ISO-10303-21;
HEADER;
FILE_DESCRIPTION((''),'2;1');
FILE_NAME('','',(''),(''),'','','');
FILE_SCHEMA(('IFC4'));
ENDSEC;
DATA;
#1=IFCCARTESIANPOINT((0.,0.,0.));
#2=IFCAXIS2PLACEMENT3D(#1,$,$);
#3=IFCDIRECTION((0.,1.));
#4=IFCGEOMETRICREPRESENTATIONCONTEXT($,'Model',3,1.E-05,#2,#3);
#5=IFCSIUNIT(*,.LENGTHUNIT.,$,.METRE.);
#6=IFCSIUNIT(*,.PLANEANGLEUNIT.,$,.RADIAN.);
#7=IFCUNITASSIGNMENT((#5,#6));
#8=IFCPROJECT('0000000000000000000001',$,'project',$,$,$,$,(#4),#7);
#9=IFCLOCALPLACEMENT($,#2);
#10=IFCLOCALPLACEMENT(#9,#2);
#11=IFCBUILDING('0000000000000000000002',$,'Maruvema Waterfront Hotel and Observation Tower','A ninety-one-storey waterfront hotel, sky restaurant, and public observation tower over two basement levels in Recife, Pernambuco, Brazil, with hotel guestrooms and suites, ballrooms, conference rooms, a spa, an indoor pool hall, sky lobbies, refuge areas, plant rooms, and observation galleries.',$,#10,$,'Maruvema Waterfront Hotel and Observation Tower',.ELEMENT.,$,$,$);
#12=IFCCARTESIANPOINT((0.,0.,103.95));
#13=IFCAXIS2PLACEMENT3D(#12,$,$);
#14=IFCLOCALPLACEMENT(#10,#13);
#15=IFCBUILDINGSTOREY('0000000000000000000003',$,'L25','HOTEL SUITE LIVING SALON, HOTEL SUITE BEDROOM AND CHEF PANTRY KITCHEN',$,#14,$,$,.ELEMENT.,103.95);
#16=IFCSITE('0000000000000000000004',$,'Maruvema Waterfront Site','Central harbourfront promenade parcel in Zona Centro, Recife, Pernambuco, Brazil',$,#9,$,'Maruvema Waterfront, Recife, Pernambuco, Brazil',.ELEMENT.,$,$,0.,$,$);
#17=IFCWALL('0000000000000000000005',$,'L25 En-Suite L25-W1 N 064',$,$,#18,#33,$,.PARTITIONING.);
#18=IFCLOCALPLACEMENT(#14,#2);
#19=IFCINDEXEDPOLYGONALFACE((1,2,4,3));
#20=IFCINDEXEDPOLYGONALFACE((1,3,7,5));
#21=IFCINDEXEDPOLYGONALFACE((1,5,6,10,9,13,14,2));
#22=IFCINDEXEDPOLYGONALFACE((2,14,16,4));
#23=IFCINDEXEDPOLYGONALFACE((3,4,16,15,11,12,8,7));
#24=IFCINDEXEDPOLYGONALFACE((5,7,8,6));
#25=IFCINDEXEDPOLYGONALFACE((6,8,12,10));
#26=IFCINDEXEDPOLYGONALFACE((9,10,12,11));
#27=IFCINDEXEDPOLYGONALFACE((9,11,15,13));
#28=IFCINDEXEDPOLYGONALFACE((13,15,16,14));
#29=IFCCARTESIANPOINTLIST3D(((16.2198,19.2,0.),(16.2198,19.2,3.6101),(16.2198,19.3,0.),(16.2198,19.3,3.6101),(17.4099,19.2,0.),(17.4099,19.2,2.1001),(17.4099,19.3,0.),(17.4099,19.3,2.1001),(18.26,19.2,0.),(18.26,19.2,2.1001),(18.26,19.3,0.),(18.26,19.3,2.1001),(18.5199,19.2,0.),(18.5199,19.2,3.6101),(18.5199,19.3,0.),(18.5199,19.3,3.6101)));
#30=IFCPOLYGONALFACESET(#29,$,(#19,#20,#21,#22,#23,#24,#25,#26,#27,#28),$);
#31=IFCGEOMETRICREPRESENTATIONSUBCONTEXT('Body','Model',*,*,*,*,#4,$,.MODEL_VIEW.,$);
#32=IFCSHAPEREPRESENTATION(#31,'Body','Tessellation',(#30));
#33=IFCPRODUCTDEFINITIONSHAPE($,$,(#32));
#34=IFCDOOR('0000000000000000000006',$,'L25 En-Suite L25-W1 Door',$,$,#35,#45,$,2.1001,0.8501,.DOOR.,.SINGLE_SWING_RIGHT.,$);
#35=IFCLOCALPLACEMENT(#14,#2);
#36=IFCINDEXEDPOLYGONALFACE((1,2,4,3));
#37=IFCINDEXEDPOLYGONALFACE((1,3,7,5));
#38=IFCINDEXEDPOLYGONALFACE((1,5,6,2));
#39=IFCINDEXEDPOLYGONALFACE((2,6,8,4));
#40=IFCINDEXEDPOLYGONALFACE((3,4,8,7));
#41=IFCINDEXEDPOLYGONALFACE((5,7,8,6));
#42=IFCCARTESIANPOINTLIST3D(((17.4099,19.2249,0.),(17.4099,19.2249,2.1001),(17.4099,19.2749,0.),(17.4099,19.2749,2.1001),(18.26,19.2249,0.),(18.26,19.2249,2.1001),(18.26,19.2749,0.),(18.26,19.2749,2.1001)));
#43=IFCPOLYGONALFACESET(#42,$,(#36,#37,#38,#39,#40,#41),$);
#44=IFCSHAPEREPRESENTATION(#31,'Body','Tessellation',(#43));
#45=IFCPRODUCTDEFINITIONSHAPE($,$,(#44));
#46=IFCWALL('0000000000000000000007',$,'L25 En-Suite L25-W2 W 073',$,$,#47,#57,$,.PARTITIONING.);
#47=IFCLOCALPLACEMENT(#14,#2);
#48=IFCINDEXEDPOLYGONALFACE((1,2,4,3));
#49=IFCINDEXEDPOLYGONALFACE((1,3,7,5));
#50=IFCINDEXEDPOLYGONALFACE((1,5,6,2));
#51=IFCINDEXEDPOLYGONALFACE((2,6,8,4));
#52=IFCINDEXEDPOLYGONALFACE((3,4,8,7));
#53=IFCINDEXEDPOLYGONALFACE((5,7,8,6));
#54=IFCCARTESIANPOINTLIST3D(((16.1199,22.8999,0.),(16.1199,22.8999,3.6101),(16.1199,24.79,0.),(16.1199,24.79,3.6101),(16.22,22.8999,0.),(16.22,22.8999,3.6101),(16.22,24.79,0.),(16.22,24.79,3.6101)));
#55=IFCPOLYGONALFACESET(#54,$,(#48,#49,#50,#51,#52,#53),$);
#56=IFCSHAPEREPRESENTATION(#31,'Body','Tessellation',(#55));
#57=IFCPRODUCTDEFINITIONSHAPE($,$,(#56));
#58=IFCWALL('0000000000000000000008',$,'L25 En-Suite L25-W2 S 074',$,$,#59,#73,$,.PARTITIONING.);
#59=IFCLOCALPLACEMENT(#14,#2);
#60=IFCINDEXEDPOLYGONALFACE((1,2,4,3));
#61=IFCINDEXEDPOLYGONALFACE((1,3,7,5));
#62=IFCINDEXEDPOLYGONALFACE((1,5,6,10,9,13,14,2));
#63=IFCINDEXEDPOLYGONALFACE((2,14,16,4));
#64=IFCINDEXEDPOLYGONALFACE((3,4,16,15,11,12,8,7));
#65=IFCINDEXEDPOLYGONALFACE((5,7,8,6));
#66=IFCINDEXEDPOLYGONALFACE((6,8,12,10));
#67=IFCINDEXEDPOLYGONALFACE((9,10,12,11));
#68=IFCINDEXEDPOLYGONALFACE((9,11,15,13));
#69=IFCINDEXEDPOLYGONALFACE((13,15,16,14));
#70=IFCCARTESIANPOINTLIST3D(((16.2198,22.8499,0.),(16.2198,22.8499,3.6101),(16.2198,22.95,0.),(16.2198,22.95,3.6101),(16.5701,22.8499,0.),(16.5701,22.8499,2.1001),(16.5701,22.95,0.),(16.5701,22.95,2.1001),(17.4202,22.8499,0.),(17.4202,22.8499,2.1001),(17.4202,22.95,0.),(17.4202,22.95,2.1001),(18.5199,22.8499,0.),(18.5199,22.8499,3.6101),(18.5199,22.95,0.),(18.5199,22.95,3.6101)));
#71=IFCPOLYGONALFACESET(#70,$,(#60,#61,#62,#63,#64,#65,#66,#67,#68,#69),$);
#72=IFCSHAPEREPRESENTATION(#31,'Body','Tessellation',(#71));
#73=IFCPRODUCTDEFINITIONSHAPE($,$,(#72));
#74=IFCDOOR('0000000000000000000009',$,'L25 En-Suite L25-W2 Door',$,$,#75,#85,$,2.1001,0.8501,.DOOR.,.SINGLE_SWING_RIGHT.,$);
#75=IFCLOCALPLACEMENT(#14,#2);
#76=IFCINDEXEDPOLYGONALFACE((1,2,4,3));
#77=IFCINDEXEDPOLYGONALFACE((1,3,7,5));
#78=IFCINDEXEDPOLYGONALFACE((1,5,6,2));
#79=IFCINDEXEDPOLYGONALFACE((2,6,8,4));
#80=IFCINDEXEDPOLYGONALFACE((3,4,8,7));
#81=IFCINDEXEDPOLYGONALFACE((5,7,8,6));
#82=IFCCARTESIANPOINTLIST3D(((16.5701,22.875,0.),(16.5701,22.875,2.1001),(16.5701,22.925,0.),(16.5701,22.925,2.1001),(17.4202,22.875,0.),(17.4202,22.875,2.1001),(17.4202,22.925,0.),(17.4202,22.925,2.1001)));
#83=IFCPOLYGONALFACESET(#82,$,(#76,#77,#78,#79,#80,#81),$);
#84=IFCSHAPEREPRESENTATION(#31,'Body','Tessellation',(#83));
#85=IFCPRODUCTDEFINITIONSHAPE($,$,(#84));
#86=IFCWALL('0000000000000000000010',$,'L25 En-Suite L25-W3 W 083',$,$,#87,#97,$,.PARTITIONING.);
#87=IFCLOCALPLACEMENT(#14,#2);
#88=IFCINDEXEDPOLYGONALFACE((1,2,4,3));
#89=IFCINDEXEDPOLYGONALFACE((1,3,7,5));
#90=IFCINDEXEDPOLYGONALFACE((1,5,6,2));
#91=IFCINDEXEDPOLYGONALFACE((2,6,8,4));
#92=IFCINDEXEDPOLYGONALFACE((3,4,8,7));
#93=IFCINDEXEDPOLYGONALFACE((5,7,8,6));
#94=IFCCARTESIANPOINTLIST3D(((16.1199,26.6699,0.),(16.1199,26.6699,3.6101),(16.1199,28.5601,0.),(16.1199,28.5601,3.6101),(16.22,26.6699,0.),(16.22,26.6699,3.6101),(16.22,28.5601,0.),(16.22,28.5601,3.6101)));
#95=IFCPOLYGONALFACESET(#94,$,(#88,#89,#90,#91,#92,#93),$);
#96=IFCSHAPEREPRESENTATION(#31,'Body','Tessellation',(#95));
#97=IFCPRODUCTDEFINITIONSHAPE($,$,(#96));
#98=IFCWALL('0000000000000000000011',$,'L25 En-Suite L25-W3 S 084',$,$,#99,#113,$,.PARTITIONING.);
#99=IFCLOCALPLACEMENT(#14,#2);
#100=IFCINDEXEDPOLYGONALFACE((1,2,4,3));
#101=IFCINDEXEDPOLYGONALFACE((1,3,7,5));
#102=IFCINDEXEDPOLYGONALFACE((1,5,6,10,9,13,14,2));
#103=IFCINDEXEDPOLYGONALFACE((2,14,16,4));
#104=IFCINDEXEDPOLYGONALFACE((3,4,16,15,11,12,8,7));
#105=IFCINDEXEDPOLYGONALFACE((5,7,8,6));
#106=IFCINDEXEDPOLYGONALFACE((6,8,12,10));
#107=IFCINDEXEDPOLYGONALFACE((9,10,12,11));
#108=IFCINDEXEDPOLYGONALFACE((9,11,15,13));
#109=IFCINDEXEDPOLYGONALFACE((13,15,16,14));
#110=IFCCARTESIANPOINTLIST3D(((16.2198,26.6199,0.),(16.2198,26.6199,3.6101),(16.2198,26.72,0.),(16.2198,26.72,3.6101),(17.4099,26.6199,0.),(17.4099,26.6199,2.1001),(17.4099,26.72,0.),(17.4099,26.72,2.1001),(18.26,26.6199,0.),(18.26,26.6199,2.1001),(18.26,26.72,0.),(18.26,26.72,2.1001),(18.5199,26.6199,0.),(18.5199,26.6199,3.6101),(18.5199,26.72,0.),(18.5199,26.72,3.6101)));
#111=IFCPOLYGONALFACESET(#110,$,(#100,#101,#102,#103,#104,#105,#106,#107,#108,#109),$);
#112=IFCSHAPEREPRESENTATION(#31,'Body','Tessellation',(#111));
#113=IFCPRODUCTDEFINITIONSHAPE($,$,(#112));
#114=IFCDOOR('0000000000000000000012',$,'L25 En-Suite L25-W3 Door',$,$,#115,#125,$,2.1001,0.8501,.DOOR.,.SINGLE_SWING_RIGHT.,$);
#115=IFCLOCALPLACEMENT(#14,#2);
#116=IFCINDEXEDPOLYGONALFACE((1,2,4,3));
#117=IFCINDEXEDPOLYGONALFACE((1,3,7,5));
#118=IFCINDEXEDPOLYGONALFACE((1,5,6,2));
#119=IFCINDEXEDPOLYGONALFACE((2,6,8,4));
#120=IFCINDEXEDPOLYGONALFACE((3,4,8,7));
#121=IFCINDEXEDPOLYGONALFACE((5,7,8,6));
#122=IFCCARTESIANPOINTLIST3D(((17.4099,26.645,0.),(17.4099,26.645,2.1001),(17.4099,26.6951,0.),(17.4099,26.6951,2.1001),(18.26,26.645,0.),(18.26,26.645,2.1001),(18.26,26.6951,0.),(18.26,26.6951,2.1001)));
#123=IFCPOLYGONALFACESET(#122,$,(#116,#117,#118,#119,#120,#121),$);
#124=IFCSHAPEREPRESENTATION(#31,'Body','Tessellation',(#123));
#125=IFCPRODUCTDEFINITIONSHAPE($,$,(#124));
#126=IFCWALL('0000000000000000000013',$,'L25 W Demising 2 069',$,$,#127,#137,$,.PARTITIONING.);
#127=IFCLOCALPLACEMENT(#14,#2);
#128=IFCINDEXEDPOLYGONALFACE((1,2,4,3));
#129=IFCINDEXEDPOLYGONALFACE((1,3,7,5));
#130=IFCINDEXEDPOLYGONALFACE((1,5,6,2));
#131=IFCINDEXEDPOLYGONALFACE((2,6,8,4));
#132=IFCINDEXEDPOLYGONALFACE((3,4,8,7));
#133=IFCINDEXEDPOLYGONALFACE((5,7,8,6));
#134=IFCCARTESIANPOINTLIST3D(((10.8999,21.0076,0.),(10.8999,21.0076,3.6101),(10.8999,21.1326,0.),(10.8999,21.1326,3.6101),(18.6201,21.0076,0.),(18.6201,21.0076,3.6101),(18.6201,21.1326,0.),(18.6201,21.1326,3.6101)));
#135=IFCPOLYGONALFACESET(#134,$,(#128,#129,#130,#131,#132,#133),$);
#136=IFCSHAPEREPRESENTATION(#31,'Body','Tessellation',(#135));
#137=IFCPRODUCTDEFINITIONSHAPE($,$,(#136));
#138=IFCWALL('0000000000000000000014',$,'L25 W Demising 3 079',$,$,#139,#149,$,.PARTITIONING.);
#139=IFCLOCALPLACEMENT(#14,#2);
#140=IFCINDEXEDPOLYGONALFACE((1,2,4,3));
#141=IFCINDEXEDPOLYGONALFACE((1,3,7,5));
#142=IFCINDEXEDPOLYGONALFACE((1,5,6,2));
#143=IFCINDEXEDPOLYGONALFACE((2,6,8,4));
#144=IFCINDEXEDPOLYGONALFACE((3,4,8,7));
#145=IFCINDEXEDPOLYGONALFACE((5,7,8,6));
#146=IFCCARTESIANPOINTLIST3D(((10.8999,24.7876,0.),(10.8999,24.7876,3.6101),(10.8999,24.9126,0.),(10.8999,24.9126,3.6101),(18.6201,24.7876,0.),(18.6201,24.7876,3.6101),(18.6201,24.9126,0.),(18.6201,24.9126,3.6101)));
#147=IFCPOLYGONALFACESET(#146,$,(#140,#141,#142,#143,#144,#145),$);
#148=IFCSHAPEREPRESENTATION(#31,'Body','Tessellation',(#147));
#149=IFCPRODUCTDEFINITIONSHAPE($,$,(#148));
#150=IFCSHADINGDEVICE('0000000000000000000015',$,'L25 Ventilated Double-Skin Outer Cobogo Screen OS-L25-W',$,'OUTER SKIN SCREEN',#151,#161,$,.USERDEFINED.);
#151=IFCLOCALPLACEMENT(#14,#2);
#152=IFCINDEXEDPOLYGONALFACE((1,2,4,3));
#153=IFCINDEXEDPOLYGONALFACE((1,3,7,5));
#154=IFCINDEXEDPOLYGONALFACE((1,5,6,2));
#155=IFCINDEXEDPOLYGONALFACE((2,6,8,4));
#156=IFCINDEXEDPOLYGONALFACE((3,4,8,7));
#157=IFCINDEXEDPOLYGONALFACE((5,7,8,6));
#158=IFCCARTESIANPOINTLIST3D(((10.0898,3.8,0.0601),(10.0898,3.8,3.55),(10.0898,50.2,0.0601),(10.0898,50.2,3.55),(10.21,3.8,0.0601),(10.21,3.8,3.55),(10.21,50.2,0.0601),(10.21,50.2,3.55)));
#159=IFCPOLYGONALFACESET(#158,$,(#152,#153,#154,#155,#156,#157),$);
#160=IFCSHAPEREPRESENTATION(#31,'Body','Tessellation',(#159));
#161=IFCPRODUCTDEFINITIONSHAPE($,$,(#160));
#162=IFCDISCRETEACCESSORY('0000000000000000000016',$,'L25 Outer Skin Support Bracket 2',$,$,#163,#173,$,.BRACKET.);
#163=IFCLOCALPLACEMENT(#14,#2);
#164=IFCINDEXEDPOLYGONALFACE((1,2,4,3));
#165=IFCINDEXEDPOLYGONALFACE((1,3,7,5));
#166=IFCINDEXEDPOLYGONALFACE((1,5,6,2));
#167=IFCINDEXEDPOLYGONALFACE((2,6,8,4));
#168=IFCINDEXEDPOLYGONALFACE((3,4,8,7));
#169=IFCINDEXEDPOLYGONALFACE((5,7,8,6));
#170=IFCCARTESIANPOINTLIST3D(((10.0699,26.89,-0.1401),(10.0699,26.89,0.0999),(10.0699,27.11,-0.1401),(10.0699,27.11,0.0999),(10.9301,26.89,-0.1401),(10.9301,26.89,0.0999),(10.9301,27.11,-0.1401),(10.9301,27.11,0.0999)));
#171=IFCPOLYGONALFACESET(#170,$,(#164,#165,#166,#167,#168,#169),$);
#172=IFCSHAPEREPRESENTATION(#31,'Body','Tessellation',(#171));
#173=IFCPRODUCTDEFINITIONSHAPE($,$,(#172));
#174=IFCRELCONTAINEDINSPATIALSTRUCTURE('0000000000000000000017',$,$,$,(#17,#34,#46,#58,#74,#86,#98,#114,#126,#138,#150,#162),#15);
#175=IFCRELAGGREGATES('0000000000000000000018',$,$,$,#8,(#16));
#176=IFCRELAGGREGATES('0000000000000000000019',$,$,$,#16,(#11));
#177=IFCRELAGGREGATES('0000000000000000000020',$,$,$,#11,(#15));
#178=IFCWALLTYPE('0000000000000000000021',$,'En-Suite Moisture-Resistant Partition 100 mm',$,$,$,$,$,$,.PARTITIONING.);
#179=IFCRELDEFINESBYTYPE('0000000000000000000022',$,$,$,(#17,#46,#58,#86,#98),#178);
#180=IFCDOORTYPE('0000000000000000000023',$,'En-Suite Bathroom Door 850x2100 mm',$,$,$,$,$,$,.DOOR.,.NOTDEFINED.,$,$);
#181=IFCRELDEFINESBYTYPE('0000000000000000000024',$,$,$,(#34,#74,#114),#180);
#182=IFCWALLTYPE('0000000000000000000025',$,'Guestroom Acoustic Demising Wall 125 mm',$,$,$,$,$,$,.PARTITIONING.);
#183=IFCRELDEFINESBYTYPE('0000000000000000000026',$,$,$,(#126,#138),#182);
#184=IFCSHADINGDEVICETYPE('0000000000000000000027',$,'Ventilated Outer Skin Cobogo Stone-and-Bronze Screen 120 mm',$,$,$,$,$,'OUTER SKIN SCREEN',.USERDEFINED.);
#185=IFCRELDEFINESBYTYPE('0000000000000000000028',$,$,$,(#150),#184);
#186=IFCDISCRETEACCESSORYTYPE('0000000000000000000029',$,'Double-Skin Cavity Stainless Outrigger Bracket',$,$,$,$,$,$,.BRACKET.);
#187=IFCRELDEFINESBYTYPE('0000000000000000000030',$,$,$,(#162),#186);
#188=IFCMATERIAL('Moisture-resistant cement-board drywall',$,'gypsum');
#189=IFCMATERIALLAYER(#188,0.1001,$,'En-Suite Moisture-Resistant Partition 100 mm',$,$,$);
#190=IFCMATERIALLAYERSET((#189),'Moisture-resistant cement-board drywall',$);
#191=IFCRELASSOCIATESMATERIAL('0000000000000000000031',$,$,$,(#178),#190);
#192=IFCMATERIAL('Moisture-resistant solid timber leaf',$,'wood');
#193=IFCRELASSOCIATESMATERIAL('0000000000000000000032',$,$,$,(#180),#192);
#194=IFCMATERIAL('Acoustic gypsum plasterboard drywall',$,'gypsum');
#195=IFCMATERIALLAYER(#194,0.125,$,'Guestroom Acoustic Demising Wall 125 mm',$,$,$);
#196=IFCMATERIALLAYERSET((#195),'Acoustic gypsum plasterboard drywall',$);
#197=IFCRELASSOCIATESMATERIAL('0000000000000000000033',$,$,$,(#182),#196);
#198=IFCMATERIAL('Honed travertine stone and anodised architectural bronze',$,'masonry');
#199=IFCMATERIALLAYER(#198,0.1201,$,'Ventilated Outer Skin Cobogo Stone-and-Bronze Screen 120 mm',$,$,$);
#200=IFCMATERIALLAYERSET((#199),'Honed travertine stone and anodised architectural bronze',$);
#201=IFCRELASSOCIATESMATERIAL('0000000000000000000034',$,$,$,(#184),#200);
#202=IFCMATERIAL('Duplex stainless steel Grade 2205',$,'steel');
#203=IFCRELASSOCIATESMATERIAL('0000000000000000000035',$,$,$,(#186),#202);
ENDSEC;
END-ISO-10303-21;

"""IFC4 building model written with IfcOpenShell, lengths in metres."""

from ifc_helpers import new_model, si_unit, direction, frame, frame_2d, origin, origin_2d, place, context, subcontext, project, spatial, rectangle, extrude, material, layer, layer_set, type_object, element, fill, save


model = new_model("IFC4")

# Units and contexts
model_context = context("Model", 3, precision=1e-05, world=origin(), true_north=direction((0.0, 1.0)))
body_context = subcontext(model_context, "Body", "Model", "MODEL_VIEW")
ifc_project = project(units=[si_unit("LENGTHUNIT", "METRE"), si_unit("PLANEANGLEUNIT", "RADIAN")], contexts=[model_context])

# Site, building, storey
site_placement = place(None, origin())
site = spatial("IfcSite", under=ifc_project, at=site_placement, Name="Maruvema Waterfront Site", Description="Central harbourfront promenade parcel in Zona Centro, Recife, Pernambuco, Brazil", LongName="Maruvema Waterfront, Recife, Pernambuco, Brazil", CompositionType="ELEMENT", RefElevation=0.0)
building_placement = place(site_placement, origin())
building = spatial("IfcBuilding", under=site, at=building_placement, Name="Maruvema Waterfront Hotel and Observation Tower", Description="A ninety-one-storey waterfront hotel, sky restaurant, and public observation tower over two basement levels in Recife, Pernambuco, Brazil, with hotel guestrooms and suites, ballrooms, conference rooms, a spa, an indoor pool hall, sky lobbies, refuge areas, plant rooms, and observation galleries.", LongName="Maruvema Waterfront Hotel and Observation Tower", CompositionType="ELEMENT")
storey_placement = place(building_placement, frame((0.0, 0.0, 103.95)))
storey = spatial("IfcBuildingStorey", under=building, at=storey_placement, Name="L25", Description="HOTEL SUITE LIVING SALON, HOTEL SUITE BEDROOM AND CHEF PANTRY KITCHEN", CompositionType="ELEMENT", Elevation=103.95)

# Wall, opening, door
ifc_material_1 = material(Name="Moisture-resistant cement-board drywall", Category="gypsum")
ifc_layer_1 = layer(ifc_material_1, 0.1001, Name="En-Suite Moisture-Resistant Partition 100 mm")
ifc_layer_set_1 = layer_set([ifc_layer_1], Name="Moisture-resistant cement-board drywall")
wall_type_1 = type_object("IfcWallType", Name="En-Suite Moisture-Resistant Partition 100 mm", PredefinedType="PARTITIONING", material=ifc_layer_set_1)
wall_1_placement = place(storey_placement, frame((16.22, 19.25, 0.0), z_axis=(0.0, 0.0, 1.0), x_axis=(1.0, 0.0, 0.0)))
wall_1 = element("IfcWall", 1, at=wall_1_placement, inside=storey, type_object=wall_type_1, Name="L25 En-Suite L25-W1 N 064", PredefinedType="PARTITIONING", context=body_context, shape_type="SweptSolid", body=[
    extrude(rectangle(XDim=2.3, YDim=0.1001, at=frame_2d((1.1499, 0.0))), origin(), (0.0, 0.0, 1.0), 3.6101),
])
opening_1_placement = place(wall_1_placement, frame((1.1899, 0.0, 0.0)))
opening_1 = element("IfcOpeningElement", 2, at=opening_1_placement, cuts=wall_1, PredefinedType="OPENING", context=body_context, shape_type="SweptSolid", body=[
    extrude(rectangle(XDim=0.8501, YDim=2.1001, at=frame_2d((0.425, 1.05))), frame((0.0, 0.0601, 0.0), z_axis=(0.0, -1.0, 0.0), x_axis=(1.0, 0.0, 0.0)), (0.0, 0.0, 1.0), 0.1201),
])
ifc_material_2 = material(Name="Moisture-resistant solid timber leaf", Category="wood")
door_type_1 = type_object("IfcDoorType", Name="En-Suite Bathroom Door 850x2100 mm", OperationType="NOTDEFINED", PredefinedType="DOOR", material=ifc_material_2)
door_1_placement = place(opening_1_placement, origin())
door_1 = element("IfcDoor", 3, at=door_1_placement, inside=storey, type_object=door_type_1, Name="L25 En-Suite L25-W1 Door", OperationType="SINGLE_SWING_RIGHT", OverallHeight=2.1001, OverallWidth=0.8501, PredefinedType="DOOR", context=body_context, shape_type="SweptSolid", body=[
    extrude(rectangle(XDim=0.8501, YDim=2.1001, at=frame_2d((0.425, 1.05))), frame((0.0, 0.0249, 0.0), z_axis=(0.0, -1.0, 0.0), x_axis=(1.0, 0.0, 0.0)), (0.0, 0.0, 1.0), 0.05),
])
fill(opening_1, door_1)

# Wall
wall_2_placement = place(storey_placement, frame((16.1699, 22.8999, 0.0), z_axis=(0.0, 0.0, 1.0), x_axis=(0.0, 1.0, 0.0)))
element("IfcWall", 4, at=wall_2_placement, inside=storey, type_object=wall_type_1, Name="L25 En-Suite L25-W2 W 073", PredefinedType="PARTITIONING", context=body_context, shape_type="SweptSolid", body=[
    extrude(rectangle(XDim=1.8901, YDim=0.1001, at=frame_2d((0.9451, 0.0))), origin(), (0.0, 0.0, 1.0), 3.6101),
])

# Wall, opening, door
wall_3_placement = place(storey_placement, frame((16.22, 22.8999, 0.0), z_axis=(0.0, 0.0, 1.0), x_axis=(1.0, 0.0, 0.0)))
wall_3 = element("IfcWall", 5, at=wall_3_placement, inside=storey, type_object=wall_type_1, Name="L25 En-Suite L25-W2 S 074", PredefinedType="PARTITIONING", context=body_context, shape_type="SweptSolid", body=[
    extrude(rectangle(XDim=2.3, YDim=0.1001, at=frame_2d((1.1499, 0.0))), origin(), (0.0, 0.0, 1.0), 3.6101),
])
opening_2_placement = place(wall_3_placement, frame((0.3501, 0.0, 0.0)))
opening_2 = element("IfcOpeningElement", 6, at=opening_2_placement, cuts=wall_3, PredefinedType="OPENING", context=body_context, shape_type="SweptSolid", body=[
    extrude(rectangle(XDim=0.8501, YDim=2.1001, at=frame_2d((0.425, 1.05))), frame((0.0, 0.0601, 0.0), z_axis=(0.0, -1.0, 0.0), x_axis=(1.0, 0.0, 0.0)), (0.0, 0.0, 1.0), 0.1201),
])
door_2_placement = place(opening_2_placement, frame((0.8501, 0.0, 0.0), z_axis=(0.0, 0.0, 1.0), x_axis=(-1.0, 0.0, 0.0)))
door_2 = element("IfcDoor", 7, at=door_2_placement, inside=storey, type_object=door_type_1, Name="L25 En-Suite L25-W2 Door", OperationType="SINGLE_SWING_RIGHT", OverallHeight=2.1001, OverallWidth=0.8501, PredefinedType="DOOR", context=body_context, shape_type="SweptSolid", body=[
    extrude(rectangle(XDim=0.8501, YDim=2.1001, at=frame_2d((0.425, 1.05))), frame((0.0, 0.0249, 0.0), z_axis=(0.0, -1.0, 0.0), x_axis=(1.0, 0.0, 0.0)), (0.0, 0.0, 1.0), 0.05),
])
fill(opening_2, door_2)

# Wall
wall_4_placement = place(storey_placement, frame((16.1699, 26.6699, 0.0), z_axis=(0.0, 0.0, 1.0), x_axis=(0.0, 1.0, 0.0)))
element("IfcWall", 8, at=wall_4_placement, inside=storey, type_object=wall_type_1, Name="L25 En-Suite L25-W3 W 083", PredefinedType="PARTITIONING", context=body_context, shape_type="SweptSolid", body=[
    extrude(rectangle(XDim=1.8901, YDim=0.1001, at=frame_2d((0.9451, 0.0))), origin(), (0.0, 0.0, 1.0), 3.6101),
])

# Wall, opening, door
wall_5_placement = place(storey_placement, frame((16.22, 26.6699, 0.0), z_axis=(0.0, 0.0, 1.0), x_axis=(1.0, 0.0, 0.0)))
wall_5 = element("IfcWall", 9, at=wall_5_placement, inside=storey, type_object=wall_type_1, Name="L25 En-Suite L25-W3 S 084", PredefinedType="PARTITIONING", context=body_context, shape_type="SweptSolid", body=[
    extrude(rectangle(XDim=2.3, YDim=0.1001, at=frame_2d((1.1499, 0.0))), origin(), (0.0, 0.0, 1.0), 3.6101),
])
opening_3_placement = place(wall_5_placement, frame((1.1899, 0.0, 0.0)))
opening_3 = element("IfcOpeningElement", 10, at=opening_3_placement, cuts=wall_5, PredefinedType="OPENING", context=body_context, shape_type="SweptSolid", body=[
    extrude(rectangle(XDim=0.8501, YDim=2.1001, at=frame_2d((0.425, 1.05))), frame((0.0, 0.0601, 0.0), z_axis=(0.0, -1.0, 0.0), x_axis=(1.0, 0.0, 0.0)), (0.0, 0.0, 1.0), 0.1201),
])
door_3_placement = place(opening_3_placement, frame((0.8501, 0.0, 0.0), z_axis=(0.0, 0.0, 1.0), x_axis=(-1.0, 0.0, 0.0)))
door_3 = element("IfcDoor", 11, at=door_3_placement, inside=storey, type_object=door_type_1, Name="L25 En-Suite L25-W3 Door", OperationType="SINGLE_SWING_RIGHT", OverallHeight=2.1001, OverallWidth=0.8501, PredefinedType="DOOR", context=body_context, shape_type="SweptSolid", body=[
    extrude(rectangle(XDim=0.8501, YDim=2.1001, at=frame_2d((0.425, 1.05))), frame((0.0, 0.0249, 0.0), z_axis=(0.0, -1.0, 0.0), x_axis=(1.0, 0.0, 0.0)), (0.0, 0.0, 1.0), 0.05),
])
fill(opening_3, door_3)

# Walls
ifc_material_3 = material(Name="Acoustic gypsum plasterboard drywall", Category="gypsum")
ifc_layer_2 = layer(ifc_material_3, 0.125, Name="Guestroom Acoustic Demising Wall 125 mm")
ifc_layer_set_2 = layer_set([ifc_layer_2], Name="Acoustic gypsum plasterboard drywall")
wall_type_2 = type_object("IfcWallType", Name="Guestroom Acoustic Demising Wall 125 mm", PredefinedType="PARTITIONING", material=ifc_layer_set_2)
for number, where, z_axis, x_axis, name in (
    (12, (10.8999, 21.0701, 0.0), (0.0, 0.0, 1.0), (1.0, 0.0, 0.0), "L25 W Demising 2 069"),
    (13, (10.8999, 24.8501, 0.0), (0.0, 0.0, 1.0), (1.0, 0.0, 0.0), "L25 W Demising 3 079"),
):
    element("IfcWall", number, at=place(storey_placement, frame(where, z_axis=z_axis, x_axis=x_axis)), inside=storey, type_object=wall_type_2, Name=name, PredefinedType="PARTITIONING", context=body_context, shape_type="SweptSolid", body=[
        extrude(rectangle(XDim=7.7202, YDim=0.125, at=frame_2d((3.8601, 0.0))), origin(), (0.0, 0.0, 1.0), 3.6101),
    ])

# Shading device
ifc_material_4 = material(Name="Honed travertine stone and anodised architectural bronze", Category="masonry")
ifc_layer_3 = layer(ifc_material_4, 0.1201, Name="Ventilated Outer Skin Cobogo Stone-and-Bronze Screen 120 mm")
ifc_layer_set_3 = layer_set([ifc_layer_3], Name="Honed travertine stone and anodised architectural bronze")
shading_device_type = type_object("IfcShadingDeviceType", Name="Ventilated Outer Skin Cobogo Stone-and-Bronze Screen 120 mm", ElementType="OUTER SKIN SCREEN", PredefinedType="USERDEFINED", material=ifc_layer_set_3)
shading_device_placement = place(storey_placement, frame((10.1499, 27.0, 0.0601), z_axis=(0.0, 0.0, 1.0), x_axis=(0.0, -1.0, 0.0)))
element("IfcShadingDevice", 14, at=shading_device_placement, inside=storey, type_object=shading_device_type, Name="L25 Ventilated Double-Skin Outer Cobogo Screen OS-L25-W", ObjectType="OUTER SKIN SCREEN", PredefinedType="USERDEFINED", context=body_context, shape_type="SweptSolid", body=[
    extrude(rectangle(XDim=46.3999, YDim=0.1201, at=origin_2d()), origin(), (0.0, 0.0, 1.0), 3.49),
])

# Discrete accessory
ifc_material_5 = material(Name="Duplex stainless steel Grade 2205", Category="steel")
discrete_accessory_type = type_object("IfcDiscreteAccessoryType", Name="Double-Skin Cavity Stainless Outrigger Bracket", PredefinedType="BRACKET", material=ifc_material_5)
discrete_accessory_placement = place(storey_placement, frame((10.5, 27.0, -0.1401), z_axis=(0.0, 0.0, 1.0), x_axis=(0.0, -1.0, 0.0)))
element("IfcDiscreteAccessory", 15, at=discrete_accessory_placement, inside=storey, type_object=discrete_accessory_type, Name="L25 Outer Skin Support Bracket 2", PredefinedType="BRACKET", context=body_context, shape_type="SweptSolid", body=[
    extrude(rectangle(XDim=0.22, YDim=0.8601, at=origin_2d()), origin(), (0.0, 0.0, 1.0), 0.24),
])

save(model, "model.ifc")
